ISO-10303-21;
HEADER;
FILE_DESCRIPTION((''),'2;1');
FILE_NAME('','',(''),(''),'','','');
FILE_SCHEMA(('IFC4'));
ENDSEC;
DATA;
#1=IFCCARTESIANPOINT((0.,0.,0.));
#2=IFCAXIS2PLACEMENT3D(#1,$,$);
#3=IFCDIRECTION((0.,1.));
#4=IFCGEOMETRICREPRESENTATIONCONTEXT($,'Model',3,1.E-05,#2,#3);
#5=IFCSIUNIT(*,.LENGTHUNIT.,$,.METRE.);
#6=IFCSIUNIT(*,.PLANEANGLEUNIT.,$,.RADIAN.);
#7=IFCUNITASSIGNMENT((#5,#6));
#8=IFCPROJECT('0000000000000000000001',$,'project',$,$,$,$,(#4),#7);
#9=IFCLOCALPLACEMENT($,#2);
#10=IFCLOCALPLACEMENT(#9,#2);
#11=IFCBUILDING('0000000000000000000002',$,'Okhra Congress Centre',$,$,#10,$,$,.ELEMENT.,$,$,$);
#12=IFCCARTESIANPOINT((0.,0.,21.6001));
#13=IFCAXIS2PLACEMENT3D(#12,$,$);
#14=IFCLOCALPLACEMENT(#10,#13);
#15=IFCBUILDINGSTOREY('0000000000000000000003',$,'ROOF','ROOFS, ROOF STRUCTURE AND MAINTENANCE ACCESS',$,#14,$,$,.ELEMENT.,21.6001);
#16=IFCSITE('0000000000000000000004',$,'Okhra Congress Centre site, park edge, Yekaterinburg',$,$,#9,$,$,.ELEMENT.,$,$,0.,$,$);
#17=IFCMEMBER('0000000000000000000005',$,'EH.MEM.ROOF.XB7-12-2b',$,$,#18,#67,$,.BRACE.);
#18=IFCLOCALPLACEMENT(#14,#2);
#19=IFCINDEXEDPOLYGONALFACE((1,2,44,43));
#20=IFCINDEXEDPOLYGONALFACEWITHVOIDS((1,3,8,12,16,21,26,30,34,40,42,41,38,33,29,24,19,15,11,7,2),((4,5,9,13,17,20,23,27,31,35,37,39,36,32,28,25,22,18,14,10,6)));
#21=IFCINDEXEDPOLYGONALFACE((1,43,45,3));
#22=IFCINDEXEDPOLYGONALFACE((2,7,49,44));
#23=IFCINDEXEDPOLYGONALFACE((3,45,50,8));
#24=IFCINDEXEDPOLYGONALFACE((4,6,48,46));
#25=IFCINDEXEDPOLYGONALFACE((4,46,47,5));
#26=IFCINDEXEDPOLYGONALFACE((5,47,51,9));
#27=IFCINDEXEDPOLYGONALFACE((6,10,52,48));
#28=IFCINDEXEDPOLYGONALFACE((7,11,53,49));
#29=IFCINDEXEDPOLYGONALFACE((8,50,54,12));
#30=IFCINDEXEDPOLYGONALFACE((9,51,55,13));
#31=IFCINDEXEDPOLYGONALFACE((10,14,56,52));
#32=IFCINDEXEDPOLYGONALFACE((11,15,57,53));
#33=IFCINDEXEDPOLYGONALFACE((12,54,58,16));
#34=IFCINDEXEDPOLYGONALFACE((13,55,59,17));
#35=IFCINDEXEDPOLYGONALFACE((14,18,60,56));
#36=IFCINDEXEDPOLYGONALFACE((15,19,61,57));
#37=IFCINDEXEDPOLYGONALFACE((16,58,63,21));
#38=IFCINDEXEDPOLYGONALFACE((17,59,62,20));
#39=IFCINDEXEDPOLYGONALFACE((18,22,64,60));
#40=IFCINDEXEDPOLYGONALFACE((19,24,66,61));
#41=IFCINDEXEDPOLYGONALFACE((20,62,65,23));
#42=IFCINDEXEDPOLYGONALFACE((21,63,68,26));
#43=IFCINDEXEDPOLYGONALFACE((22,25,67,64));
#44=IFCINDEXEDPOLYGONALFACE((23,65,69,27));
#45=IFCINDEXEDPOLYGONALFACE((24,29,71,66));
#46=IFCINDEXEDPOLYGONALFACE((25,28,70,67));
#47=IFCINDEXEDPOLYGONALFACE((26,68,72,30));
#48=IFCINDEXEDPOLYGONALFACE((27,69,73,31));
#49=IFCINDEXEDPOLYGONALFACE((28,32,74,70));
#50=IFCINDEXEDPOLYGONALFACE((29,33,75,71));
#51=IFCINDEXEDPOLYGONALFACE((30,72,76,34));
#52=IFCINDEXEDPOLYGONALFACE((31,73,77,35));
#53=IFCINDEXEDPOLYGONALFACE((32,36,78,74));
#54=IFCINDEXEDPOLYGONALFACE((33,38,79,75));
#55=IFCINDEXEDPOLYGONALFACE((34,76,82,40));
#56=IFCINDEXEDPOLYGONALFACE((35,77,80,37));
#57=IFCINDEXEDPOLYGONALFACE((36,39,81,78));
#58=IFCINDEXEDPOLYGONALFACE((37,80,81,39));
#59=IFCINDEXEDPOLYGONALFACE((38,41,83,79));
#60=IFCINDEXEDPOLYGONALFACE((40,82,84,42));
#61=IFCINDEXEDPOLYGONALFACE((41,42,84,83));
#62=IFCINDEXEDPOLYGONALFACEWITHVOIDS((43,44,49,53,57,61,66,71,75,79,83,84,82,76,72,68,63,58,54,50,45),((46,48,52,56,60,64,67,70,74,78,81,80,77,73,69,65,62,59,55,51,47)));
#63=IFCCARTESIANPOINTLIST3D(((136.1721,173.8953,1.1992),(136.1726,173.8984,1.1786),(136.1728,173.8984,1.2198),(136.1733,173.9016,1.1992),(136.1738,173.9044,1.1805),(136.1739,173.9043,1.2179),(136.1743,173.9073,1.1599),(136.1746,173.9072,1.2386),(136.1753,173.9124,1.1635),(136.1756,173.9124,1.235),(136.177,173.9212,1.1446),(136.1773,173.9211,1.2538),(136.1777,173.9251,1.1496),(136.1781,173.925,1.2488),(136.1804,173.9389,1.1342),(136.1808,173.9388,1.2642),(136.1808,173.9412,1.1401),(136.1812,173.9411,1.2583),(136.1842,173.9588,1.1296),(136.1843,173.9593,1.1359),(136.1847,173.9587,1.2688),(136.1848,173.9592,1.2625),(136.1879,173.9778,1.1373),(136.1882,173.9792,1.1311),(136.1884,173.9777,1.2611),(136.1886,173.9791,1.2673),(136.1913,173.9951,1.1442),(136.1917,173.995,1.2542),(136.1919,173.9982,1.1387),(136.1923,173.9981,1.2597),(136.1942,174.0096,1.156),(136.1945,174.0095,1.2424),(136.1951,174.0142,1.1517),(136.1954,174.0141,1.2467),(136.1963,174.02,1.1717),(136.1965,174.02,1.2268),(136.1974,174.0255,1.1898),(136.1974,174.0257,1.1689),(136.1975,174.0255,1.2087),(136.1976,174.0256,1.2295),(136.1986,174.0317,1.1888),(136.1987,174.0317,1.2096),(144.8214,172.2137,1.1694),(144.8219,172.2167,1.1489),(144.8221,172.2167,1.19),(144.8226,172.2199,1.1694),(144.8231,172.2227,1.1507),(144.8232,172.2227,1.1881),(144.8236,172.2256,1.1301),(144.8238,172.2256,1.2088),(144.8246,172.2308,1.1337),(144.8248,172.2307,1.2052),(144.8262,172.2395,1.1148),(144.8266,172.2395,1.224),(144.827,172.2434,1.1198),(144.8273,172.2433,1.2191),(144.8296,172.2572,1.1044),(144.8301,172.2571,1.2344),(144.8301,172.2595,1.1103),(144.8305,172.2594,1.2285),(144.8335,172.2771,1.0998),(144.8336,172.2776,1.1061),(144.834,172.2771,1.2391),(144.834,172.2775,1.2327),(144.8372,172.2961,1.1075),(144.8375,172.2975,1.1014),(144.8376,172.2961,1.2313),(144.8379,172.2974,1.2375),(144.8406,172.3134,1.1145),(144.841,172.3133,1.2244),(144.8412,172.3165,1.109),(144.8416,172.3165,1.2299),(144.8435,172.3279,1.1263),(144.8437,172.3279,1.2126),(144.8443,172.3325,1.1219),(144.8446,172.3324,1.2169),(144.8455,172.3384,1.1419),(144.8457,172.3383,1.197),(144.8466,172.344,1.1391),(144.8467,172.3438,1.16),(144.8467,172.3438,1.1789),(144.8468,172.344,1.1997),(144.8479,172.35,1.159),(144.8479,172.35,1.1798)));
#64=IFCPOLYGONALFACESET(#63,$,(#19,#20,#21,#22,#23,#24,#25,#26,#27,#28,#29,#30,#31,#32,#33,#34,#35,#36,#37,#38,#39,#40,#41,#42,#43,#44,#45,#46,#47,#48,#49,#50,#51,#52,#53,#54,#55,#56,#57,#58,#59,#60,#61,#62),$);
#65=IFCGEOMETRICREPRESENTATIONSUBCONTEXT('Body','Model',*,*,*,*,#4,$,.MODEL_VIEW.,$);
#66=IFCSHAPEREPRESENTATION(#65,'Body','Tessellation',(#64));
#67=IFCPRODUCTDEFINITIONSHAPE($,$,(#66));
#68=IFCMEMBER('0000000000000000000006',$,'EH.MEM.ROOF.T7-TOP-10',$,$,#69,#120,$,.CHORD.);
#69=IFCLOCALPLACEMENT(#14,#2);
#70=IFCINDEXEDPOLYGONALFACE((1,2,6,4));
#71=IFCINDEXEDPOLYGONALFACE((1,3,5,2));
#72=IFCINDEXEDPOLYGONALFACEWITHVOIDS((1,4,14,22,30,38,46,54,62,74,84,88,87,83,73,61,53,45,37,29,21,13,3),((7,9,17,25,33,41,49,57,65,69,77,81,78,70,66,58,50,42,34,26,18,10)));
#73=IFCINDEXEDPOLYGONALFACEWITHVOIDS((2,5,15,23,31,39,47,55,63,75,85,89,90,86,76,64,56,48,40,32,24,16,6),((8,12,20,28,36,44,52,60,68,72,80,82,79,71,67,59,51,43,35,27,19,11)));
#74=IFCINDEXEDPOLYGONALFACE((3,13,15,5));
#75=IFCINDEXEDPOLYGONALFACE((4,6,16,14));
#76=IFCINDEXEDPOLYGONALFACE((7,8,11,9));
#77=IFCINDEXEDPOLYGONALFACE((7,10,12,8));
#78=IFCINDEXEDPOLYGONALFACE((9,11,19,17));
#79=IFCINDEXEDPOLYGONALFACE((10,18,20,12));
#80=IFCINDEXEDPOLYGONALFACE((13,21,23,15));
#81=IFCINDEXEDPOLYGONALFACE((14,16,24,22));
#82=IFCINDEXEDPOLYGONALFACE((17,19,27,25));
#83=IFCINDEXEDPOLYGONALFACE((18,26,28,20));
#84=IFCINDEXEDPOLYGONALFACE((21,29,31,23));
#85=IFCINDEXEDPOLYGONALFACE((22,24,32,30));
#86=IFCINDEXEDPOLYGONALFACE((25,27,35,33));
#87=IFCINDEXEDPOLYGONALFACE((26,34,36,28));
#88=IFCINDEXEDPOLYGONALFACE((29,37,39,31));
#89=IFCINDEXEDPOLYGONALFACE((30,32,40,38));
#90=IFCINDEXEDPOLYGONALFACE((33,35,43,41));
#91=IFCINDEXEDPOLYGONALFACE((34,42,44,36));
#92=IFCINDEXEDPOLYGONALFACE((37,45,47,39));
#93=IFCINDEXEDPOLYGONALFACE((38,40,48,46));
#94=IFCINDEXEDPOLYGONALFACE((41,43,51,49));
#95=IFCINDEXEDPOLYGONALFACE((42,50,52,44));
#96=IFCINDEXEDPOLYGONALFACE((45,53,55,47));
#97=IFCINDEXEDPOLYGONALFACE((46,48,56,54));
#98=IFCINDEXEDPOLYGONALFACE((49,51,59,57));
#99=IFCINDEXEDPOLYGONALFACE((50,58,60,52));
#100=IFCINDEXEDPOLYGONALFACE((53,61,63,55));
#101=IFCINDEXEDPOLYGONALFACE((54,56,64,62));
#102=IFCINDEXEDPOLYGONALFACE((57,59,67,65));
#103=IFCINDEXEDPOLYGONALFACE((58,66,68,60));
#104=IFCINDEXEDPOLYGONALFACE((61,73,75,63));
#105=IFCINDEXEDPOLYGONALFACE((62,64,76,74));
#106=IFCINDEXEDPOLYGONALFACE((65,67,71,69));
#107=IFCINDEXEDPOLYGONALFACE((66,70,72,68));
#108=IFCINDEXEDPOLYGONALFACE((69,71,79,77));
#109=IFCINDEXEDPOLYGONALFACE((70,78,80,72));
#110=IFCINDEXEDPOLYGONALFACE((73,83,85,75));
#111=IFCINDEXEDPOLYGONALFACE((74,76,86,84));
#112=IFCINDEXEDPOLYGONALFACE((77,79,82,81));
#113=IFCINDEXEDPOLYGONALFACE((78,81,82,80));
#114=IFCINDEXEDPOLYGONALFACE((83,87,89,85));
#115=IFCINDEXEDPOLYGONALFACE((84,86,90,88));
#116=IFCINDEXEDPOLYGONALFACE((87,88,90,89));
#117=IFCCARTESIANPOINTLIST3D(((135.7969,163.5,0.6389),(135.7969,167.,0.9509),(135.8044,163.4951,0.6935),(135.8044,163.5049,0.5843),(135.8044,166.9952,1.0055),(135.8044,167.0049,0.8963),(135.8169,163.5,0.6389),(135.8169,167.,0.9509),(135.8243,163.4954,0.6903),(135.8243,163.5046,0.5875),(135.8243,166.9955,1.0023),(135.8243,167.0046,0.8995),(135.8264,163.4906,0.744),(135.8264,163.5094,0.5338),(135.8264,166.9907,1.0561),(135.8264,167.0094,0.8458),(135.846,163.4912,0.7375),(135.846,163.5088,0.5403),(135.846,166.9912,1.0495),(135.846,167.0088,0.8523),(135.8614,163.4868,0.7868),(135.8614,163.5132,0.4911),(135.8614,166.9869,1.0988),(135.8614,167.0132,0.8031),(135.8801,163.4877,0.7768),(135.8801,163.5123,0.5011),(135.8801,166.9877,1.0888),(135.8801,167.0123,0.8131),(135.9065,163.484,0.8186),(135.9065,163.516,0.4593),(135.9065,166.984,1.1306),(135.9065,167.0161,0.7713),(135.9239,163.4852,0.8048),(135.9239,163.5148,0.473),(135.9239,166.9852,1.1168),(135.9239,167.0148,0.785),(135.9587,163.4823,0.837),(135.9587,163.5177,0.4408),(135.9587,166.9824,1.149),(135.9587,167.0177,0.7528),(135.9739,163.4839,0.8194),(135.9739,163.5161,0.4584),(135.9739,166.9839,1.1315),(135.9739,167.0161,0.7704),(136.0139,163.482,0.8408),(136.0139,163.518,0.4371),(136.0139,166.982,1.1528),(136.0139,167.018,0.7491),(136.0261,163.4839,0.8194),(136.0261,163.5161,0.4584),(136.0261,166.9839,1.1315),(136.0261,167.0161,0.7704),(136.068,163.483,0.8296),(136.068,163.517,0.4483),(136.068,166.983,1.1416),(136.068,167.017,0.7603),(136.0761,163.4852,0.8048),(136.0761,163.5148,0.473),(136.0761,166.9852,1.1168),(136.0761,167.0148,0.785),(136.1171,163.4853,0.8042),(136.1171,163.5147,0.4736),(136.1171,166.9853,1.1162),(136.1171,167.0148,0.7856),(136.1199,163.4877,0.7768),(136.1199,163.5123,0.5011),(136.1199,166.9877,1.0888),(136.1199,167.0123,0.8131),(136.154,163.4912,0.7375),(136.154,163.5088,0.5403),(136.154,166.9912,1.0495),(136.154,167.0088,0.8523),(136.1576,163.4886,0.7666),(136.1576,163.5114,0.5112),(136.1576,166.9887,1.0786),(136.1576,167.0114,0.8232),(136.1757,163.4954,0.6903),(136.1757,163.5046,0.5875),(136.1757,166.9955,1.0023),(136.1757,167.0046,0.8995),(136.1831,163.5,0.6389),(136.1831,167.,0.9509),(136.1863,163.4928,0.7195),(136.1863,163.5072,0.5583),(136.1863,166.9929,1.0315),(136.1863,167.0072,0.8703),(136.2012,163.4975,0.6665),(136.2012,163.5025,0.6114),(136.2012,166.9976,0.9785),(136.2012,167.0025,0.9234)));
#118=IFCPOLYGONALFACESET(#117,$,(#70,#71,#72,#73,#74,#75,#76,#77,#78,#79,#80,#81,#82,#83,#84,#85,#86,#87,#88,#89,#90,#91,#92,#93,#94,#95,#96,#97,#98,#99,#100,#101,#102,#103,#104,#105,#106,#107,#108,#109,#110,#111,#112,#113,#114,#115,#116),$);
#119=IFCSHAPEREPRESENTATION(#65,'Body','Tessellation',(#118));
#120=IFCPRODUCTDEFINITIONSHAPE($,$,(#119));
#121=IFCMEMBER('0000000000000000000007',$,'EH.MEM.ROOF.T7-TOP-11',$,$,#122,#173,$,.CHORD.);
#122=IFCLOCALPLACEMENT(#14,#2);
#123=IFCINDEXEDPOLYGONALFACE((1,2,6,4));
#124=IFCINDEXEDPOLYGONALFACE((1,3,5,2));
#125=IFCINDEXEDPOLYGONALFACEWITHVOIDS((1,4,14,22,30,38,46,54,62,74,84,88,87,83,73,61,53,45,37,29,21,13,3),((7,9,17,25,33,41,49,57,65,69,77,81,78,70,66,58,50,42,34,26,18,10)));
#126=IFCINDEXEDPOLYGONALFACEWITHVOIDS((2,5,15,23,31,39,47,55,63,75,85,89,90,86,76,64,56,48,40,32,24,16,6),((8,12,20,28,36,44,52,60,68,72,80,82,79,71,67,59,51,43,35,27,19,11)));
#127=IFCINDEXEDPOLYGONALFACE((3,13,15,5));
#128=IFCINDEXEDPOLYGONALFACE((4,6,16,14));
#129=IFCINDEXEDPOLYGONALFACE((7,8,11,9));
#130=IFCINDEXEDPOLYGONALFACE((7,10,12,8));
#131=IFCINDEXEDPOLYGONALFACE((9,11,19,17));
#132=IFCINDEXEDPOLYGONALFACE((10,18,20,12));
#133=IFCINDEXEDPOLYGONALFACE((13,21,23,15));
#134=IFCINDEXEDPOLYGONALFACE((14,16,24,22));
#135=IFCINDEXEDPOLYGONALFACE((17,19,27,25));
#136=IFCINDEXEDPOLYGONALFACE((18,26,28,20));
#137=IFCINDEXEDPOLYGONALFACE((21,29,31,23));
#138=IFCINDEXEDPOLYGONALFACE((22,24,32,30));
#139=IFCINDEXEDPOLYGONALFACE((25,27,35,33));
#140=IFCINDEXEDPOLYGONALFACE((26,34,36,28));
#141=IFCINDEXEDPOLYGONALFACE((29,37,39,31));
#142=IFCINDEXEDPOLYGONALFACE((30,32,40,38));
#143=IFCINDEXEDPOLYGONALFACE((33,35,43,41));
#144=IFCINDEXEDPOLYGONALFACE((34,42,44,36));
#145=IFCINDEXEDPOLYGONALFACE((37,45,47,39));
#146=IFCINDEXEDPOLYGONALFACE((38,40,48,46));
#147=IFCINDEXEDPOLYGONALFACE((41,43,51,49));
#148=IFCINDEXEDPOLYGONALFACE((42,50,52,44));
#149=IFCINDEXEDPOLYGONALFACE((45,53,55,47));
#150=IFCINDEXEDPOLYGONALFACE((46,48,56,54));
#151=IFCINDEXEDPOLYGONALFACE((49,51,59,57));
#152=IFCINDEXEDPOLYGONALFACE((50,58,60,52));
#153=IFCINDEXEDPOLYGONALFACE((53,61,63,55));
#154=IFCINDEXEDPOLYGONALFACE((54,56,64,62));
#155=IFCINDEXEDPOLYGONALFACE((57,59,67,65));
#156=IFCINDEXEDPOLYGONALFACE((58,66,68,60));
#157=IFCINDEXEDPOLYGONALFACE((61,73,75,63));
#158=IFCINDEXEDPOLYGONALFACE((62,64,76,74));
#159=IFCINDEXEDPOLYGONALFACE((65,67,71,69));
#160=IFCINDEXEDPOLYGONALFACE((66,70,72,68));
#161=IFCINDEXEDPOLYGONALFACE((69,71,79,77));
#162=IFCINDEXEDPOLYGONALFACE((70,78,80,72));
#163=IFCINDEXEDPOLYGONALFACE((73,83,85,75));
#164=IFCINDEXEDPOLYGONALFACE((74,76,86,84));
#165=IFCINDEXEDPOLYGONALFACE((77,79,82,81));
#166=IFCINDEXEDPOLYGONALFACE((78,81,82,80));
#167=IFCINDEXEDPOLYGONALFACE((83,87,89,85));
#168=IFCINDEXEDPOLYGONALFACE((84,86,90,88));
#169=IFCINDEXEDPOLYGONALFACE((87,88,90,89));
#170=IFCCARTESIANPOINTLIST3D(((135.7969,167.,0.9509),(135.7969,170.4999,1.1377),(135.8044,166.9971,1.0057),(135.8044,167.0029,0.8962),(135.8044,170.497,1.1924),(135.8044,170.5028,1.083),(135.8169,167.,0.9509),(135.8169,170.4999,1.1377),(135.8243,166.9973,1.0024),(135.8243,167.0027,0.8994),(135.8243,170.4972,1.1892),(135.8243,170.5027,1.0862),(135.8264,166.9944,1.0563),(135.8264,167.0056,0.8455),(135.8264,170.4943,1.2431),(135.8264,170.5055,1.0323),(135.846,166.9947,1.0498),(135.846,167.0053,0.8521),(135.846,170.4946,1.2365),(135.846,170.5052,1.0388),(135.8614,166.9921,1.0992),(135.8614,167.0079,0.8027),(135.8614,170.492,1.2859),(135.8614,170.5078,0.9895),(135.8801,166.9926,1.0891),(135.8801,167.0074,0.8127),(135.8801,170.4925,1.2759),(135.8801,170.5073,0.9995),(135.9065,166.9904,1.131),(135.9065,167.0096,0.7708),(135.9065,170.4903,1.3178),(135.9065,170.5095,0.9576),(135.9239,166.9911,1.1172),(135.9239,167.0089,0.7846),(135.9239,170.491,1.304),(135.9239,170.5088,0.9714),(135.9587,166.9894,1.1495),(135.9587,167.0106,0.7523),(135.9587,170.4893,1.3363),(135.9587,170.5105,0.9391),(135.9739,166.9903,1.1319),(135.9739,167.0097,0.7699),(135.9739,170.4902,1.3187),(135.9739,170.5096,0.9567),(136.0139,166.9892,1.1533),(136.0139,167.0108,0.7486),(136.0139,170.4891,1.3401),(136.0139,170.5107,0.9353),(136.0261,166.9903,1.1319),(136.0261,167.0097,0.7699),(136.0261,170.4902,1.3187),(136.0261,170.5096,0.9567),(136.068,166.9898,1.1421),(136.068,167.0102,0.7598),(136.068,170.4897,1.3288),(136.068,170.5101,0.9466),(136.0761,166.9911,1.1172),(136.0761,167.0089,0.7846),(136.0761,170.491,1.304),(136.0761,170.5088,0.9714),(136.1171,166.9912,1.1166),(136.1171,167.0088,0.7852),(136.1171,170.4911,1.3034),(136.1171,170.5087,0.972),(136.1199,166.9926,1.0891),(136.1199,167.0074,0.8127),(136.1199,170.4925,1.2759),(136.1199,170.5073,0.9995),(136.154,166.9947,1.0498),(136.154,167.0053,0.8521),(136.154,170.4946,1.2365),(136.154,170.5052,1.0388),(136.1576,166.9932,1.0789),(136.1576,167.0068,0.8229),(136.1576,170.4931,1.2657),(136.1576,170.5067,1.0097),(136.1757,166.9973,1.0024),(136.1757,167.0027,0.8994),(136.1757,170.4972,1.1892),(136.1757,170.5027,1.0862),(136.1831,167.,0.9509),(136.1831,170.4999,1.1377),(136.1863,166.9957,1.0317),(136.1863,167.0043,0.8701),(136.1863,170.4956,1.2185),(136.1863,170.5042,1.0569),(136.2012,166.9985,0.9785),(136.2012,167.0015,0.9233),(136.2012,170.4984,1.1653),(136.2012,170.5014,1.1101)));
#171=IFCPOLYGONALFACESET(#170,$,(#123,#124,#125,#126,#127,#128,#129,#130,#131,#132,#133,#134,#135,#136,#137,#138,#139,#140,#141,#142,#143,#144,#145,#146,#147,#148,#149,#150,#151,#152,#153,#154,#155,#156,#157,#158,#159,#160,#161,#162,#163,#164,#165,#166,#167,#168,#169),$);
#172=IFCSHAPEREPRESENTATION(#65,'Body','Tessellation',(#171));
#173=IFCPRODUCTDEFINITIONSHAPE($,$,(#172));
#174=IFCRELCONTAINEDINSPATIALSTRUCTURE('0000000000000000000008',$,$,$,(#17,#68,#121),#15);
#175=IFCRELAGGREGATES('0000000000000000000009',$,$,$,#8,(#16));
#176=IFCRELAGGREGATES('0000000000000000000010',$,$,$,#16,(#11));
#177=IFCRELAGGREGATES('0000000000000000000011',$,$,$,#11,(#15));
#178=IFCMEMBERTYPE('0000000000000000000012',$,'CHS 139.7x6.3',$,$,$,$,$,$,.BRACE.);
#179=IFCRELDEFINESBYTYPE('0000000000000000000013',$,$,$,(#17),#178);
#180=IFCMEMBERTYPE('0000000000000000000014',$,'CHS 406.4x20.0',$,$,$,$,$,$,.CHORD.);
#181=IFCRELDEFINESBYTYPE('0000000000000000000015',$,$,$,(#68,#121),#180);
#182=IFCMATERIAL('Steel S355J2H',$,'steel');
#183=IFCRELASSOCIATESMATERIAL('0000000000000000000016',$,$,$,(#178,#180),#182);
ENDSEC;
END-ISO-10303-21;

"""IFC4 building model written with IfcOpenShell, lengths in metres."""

from ifc_helpers import new_model, si_unit, direction, frame, origin, origin_2d, place, context, subcontext, project, spatial, hollow_circle, extrude, material, material_profile, profile_set, type_object, element, save


model = new_model("IFC4")

# Units and contexts
model_context = context("Model", 3, precision=1e-05, world=origin(), true_north=direction((0.0, 1.0)))
body_context = subcontext(model_context, "Body", "Model", "MODEL_VIEW")
ifc_project = project(units=[si_unit("LENGTHUNIT", "METRE"), si_unit("PLANEANGLEUNIT", "RADIAN")], contexts=[model_context])

# Site, building, storey
site_placement = place(None, origin())
site = spatial("IfcSite", under=ifc_project, at=site_placement, Name="Okhra Congress Centre site, park edge, Yekaterinburg", CompositionType="ELEMENT", RefElevation=0.0)
building_placement = place(site_placement, origin())
building = spatial("IfcBuilding", under=site, at=building_placement, Name="Okhra Congress Centre", CompositionType="ELEMENT")
storey_placement = place(building_placement, frame((0.0, 0.0, 21.6001)))
storey = spatial("IfcBuildingStorey", under=building, at=storey_placement, Name="ROOF", Description="ROOFS, ROOF STRUCTURE AND MAINTENANCE ACCESS", CompositionType="ELEMENT", Elevation=21.6001)

# Members
ifc_material_1 = material(Name="Steel S355J2H", Category="steel")
ifc_material_profile_1 = material_profile(ifc_material_1, hollow_circle(Radius=0.0698, WallThickness=0.0063, at=origin_2d()), Name="CHS 139.7x6.3")
ifc_profile_set_1 = profile_set([ifc_material_profile_1], Name="Steel S355J2H")
member_type_1 = type_object("IfcMemberType", Name="CHS 139.7x6.3", PredefinedType="BRACE", material=ifc_profile_set_1)
member_1_placement = place(storey_placement, frame((144.8347, 172.2822, 1.1694), z_axis=(-0.981613, 0.190853, 0.00338), x_axis=(-0.190854, -0.981618, 0.0)))
element("IfcMember", 1, at=member_1_placement, inside=storey, type_object=member_type_1, Name="EH.MEM.ROOF.XB7-12-2b", PredefinedType="BRACE", context=body_context, shape_type="SweptSolid", body=[
    extrude(hollow_circle(Radius=0.0698, WallThickness=0.0063, at=origin_2d()), origin(), (0.0, 0.0, 1.0), 8.8113),
])
ifc_material_profile_2 = material_profile(ifc_material_1, hollow_circle(Radius=0.2031, WallThickness=0.02, at=origin_2d()), Name="CHS 406.4x20.0")
ifc_profile_set_2 = profile_set([ifc_material_profile_2], Name="Steel S355J2H")
member_type_2 = type_object("IfcMemberType", Name="CHS 406.4x20.0", PredefinedType="CHORD", material=ifc_profile_set_2)
member_2_placement = place(storey_placement, frame((136.0, 163.5, 0.6389), z_axis=(0.0, 0.99605, 0.088794), x_axis=(-1.0, 0.0, 0.0)))
element("IfcMember", 2, at=member_2_placement, inside=storey, type_object=member_type_2, Name="EH.MEM.ROOF.T7-TOP-10", PredefinedType="CHORD", context=body_context, shape_type="SweptSolid", body=[
    extrude(hollow_circle(Radius=0.2031, WallThickness=0.02, at=origin_2d()), origin(), (0.0, 0.0, 1.0), 3.5139),
])
member_3_placement = place(storey_placement, frame((136.0, 167.0, 0.9509), z_axis=(0.0, 0.998579, 0.053286), x_axis=(-1.0, 0.0, 0.0)))
element("IfcMember", 3, at=member_3_placement, inside=storey, type_object=member_type_2, Name="EH.MEM.ROOF.T7-TOP-11", PredefinedType="CHORD", context=body_context, shape_type="SweptSolid", body=[
    extrude(hollow_circle(Radius=0.2031, WallThickness=0.02, at=origin_2d()), origin(), (0.0, 0.0, 1.0), 3.5049),
])

save(model, "model.ifc")
